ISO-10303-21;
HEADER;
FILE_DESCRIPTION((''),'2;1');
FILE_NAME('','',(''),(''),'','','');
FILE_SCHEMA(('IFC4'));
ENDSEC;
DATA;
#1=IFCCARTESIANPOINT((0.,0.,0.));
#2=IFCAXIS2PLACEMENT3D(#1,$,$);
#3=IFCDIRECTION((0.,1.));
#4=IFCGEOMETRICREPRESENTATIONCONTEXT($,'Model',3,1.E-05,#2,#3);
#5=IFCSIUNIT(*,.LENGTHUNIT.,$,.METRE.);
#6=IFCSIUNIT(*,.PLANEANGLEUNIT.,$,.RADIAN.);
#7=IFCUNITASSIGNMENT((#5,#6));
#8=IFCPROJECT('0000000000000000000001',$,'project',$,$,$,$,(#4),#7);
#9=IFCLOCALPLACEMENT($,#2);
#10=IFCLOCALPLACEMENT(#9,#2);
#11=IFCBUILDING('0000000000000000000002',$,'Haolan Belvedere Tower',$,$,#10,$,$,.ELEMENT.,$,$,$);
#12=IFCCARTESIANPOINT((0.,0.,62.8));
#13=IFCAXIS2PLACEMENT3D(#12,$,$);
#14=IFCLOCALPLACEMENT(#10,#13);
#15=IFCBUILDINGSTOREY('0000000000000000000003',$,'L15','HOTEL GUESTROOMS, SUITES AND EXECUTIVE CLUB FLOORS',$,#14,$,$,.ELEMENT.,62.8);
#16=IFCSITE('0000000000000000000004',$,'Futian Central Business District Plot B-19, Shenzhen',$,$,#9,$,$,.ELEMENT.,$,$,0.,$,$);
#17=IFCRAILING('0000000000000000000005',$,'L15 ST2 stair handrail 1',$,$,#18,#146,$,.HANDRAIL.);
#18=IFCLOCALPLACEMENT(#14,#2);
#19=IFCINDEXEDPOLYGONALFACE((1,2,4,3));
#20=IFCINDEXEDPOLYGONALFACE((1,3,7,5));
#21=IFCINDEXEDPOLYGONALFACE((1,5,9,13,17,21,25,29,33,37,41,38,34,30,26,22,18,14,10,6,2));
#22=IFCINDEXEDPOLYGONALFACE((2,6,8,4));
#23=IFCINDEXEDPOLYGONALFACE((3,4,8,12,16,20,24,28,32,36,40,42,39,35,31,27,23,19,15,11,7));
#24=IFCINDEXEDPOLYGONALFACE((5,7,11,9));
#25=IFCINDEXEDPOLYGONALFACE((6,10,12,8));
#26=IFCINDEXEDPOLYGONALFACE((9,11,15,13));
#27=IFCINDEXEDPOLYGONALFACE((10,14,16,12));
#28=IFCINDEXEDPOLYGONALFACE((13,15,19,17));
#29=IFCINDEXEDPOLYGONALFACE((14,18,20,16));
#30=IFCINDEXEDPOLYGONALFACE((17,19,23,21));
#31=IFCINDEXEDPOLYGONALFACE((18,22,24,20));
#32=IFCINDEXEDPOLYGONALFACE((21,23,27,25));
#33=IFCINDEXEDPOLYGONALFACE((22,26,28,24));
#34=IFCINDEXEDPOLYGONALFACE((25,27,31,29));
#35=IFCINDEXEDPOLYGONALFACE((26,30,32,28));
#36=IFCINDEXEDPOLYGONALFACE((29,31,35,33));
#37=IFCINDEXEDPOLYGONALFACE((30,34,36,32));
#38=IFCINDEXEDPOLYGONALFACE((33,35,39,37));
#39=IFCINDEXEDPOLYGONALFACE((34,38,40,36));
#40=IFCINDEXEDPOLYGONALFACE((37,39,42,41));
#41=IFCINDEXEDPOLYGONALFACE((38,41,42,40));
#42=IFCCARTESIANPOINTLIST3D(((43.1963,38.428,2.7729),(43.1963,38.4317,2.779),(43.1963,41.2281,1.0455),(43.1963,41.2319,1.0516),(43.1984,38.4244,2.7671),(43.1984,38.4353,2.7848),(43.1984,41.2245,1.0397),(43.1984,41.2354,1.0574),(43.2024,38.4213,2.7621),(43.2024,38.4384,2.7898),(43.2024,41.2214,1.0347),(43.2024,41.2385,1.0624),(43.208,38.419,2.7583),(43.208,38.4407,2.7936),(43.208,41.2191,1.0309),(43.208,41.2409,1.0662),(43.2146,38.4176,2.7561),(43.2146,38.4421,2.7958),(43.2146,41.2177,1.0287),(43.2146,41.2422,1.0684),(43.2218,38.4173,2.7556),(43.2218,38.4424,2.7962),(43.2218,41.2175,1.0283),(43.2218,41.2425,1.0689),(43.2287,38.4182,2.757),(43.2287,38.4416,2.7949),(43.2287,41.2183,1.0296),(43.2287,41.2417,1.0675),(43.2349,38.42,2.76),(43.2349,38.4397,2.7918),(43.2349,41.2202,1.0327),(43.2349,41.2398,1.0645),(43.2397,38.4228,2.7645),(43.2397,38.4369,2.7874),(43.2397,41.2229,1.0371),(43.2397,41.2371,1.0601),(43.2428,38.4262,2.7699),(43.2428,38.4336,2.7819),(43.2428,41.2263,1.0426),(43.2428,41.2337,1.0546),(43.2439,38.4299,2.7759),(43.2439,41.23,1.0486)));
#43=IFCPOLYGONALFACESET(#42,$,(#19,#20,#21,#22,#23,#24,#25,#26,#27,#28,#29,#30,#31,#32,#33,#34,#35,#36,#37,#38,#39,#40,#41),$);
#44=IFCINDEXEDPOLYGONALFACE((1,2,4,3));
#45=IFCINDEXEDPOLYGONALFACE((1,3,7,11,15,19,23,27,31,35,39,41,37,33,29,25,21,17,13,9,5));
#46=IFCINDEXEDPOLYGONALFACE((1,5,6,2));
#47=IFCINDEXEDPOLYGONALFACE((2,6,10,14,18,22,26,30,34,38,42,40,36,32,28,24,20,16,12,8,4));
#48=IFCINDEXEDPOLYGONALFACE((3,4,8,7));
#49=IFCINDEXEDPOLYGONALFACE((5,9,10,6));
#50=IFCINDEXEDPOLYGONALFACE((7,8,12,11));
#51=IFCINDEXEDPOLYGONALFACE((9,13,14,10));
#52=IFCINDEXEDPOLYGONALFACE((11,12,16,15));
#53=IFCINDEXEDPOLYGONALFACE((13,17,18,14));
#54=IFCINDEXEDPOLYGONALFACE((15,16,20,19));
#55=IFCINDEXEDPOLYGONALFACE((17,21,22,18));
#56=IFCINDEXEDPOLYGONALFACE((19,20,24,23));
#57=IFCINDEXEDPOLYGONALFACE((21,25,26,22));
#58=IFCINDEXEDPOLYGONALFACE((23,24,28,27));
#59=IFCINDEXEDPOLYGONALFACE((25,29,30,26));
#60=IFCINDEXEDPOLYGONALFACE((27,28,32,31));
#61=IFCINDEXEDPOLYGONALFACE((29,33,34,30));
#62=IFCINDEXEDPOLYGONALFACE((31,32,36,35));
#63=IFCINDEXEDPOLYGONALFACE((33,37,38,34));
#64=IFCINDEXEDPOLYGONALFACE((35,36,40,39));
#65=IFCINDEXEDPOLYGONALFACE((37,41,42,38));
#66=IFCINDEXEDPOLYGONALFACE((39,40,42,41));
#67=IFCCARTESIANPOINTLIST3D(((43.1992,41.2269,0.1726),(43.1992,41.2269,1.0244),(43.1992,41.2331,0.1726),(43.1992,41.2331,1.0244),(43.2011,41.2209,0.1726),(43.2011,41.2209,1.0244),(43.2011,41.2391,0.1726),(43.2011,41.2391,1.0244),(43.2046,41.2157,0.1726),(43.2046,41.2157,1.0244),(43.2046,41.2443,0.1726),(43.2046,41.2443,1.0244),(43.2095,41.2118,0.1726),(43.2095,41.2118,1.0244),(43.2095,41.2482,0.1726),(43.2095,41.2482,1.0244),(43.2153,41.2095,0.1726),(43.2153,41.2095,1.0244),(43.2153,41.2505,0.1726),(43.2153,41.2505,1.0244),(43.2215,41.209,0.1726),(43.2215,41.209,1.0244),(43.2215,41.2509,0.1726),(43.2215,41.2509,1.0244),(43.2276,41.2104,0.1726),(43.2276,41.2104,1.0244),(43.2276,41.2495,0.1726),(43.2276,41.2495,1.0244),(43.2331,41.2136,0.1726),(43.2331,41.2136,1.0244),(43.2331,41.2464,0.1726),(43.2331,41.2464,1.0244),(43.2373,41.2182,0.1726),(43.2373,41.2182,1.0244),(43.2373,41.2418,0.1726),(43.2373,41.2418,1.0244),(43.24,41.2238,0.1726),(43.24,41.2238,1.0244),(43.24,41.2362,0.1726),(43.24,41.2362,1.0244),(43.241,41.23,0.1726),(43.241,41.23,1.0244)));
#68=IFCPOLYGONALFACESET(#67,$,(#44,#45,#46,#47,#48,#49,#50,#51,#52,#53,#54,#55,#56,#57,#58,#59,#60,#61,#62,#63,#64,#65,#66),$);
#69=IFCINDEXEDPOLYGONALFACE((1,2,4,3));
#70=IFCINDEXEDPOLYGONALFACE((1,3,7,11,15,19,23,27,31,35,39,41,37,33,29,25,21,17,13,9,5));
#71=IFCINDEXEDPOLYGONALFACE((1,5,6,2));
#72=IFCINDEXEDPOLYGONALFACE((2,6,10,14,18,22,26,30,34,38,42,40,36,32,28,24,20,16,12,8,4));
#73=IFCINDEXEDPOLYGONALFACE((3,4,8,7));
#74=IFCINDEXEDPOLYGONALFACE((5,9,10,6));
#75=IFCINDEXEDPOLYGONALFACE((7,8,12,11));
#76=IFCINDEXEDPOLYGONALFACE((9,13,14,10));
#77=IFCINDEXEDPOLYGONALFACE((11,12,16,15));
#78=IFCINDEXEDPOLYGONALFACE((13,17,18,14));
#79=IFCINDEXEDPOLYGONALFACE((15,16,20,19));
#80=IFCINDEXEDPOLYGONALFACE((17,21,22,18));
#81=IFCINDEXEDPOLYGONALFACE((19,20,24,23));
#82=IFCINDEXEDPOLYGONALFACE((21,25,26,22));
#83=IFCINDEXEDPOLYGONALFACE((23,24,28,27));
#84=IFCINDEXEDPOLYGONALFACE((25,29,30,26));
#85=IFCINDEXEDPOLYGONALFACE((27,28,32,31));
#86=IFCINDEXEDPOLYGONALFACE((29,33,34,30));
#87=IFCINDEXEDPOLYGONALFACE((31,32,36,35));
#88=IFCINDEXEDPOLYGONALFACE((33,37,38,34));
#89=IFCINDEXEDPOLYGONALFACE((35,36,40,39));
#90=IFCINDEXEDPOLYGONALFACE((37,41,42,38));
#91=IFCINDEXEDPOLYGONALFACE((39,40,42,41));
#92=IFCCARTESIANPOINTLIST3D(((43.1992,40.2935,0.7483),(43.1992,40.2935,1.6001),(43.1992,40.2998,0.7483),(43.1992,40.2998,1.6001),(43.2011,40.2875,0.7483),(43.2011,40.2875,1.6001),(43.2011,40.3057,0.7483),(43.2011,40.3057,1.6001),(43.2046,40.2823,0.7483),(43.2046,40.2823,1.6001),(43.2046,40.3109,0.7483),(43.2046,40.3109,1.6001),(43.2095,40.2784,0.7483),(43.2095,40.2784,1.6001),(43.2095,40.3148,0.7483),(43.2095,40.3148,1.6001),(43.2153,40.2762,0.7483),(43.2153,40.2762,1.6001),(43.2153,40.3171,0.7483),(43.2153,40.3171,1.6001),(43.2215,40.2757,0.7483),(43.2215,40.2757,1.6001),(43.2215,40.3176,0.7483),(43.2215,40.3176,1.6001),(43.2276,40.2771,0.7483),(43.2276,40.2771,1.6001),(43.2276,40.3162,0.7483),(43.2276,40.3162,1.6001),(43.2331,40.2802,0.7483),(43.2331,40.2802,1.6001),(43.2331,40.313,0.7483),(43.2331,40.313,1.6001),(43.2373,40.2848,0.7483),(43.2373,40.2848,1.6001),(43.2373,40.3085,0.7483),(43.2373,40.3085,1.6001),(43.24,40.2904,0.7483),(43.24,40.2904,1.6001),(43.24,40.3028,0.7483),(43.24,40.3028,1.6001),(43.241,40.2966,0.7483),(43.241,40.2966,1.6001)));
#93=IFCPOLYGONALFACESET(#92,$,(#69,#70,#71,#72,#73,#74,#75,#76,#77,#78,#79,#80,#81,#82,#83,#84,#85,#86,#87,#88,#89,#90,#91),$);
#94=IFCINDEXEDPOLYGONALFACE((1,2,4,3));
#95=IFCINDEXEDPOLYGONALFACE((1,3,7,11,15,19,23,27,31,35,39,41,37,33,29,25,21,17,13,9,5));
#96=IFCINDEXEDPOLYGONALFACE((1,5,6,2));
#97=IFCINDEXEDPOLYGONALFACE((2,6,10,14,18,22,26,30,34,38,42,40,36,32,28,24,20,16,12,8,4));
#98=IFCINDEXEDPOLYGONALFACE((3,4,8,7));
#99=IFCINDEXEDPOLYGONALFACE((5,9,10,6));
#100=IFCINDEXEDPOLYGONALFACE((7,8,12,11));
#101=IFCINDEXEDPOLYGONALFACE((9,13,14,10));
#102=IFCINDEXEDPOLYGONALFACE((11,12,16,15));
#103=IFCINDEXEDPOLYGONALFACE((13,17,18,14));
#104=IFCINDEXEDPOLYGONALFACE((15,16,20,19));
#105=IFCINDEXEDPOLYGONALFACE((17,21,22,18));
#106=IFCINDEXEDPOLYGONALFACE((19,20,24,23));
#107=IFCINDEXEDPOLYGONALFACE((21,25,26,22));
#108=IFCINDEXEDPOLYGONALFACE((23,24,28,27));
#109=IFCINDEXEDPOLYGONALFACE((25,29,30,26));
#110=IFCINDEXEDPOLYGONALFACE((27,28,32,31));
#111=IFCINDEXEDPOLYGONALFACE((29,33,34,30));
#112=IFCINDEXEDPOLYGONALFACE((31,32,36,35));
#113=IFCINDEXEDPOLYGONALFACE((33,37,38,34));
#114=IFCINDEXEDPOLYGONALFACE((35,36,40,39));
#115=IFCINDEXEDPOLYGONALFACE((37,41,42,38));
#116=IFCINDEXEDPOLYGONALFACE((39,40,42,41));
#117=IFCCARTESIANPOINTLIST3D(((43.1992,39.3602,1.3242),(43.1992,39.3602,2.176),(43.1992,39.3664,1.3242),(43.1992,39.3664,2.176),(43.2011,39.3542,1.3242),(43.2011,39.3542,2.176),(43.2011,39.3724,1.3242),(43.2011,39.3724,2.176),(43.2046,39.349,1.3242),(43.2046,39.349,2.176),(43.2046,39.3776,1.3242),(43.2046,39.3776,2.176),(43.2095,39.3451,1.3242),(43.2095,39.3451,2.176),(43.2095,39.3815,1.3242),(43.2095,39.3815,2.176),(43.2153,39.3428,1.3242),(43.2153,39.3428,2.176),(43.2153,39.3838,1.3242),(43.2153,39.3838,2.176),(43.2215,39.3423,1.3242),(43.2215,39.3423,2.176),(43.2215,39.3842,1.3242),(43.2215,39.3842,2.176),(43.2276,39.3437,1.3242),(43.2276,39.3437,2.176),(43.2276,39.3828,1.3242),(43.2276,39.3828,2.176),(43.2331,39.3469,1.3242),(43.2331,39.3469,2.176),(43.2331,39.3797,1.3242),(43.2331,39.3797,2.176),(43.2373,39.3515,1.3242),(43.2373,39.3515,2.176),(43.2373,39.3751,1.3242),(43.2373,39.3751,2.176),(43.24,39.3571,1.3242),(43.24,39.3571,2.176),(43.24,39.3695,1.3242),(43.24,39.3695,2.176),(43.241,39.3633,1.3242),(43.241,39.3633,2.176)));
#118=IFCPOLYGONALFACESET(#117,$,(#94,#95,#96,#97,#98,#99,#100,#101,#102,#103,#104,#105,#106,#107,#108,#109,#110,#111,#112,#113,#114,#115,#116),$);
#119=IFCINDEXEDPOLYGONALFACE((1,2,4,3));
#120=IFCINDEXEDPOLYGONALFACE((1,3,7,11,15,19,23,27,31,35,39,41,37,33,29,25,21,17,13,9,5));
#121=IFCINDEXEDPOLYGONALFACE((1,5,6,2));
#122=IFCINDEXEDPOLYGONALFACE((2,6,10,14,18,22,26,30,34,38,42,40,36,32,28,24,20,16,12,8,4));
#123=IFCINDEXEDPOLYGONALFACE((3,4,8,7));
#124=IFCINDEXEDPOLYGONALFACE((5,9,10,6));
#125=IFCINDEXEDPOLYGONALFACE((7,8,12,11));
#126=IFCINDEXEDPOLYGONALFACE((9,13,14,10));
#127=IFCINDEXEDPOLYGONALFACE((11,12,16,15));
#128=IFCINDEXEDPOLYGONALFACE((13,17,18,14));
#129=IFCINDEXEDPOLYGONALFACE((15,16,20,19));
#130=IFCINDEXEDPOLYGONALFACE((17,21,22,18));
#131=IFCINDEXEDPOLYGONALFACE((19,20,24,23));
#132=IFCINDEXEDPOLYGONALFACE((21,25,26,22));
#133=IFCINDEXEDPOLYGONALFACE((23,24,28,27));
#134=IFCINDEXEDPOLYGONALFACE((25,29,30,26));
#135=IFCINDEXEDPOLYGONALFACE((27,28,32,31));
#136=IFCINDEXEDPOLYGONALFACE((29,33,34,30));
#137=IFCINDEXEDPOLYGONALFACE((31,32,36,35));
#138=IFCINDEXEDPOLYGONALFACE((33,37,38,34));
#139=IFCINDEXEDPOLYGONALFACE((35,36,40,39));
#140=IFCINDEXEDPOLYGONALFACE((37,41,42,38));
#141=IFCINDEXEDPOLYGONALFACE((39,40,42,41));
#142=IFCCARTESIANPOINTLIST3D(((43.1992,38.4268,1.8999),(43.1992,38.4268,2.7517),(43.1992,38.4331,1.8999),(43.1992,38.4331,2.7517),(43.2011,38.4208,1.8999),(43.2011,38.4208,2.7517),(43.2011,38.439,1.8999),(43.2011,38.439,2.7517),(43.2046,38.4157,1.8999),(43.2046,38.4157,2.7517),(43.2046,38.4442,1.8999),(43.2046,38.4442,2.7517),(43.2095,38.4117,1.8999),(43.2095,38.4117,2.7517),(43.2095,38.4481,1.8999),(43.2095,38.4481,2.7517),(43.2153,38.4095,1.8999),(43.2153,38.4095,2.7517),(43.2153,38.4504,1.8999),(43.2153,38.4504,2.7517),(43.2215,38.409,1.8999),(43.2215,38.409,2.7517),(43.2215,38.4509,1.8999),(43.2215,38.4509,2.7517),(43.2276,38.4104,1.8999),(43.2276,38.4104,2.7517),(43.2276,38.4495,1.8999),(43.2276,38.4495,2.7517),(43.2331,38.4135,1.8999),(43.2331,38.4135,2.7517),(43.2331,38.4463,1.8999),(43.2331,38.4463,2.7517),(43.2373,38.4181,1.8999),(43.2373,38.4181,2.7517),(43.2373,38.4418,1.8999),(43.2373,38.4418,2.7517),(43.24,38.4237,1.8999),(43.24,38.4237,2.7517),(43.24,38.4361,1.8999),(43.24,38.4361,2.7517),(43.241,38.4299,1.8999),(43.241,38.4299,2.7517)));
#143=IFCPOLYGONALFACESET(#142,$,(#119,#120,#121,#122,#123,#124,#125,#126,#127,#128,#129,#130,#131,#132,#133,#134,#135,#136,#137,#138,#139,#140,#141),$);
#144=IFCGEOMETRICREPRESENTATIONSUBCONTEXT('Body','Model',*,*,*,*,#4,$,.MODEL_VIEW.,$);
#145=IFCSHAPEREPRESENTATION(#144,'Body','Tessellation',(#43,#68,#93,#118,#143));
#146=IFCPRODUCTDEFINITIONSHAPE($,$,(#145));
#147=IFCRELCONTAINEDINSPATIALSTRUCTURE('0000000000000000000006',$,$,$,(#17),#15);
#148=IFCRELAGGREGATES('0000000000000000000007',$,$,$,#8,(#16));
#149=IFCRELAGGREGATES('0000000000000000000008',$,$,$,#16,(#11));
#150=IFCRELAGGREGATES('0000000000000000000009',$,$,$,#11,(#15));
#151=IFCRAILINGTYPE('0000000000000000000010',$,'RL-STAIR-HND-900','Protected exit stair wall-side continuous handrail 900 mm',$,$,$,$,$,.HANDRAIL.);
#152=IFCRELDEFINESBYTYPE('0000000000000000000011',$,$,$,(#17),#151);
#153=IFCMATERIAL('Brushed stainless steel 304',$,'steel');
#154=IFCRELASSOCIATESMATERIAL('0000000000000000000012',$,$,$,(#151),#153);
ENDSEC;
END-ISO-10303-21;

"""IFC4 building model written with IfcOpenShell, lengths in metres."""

from ifc_helpers import new_model, si_unit, direction, frame, origin, origin_2d, place, context, subcontext, project, spatial, circle, extrude, material, type_object, element, save


model = new_model("IFC4")

# Units and contexts
model_context = context("Model", 3, precision=1e-05, world=origin(), true_north=direction((0.0, 1.0)))
body_context = subcontext(model_context, "Body", "Model", "MODEL_VIEW")
ifc_project = project(units=[si_unit("LENGTHUNIT", "METRE"), si_unit("PLANEANGLEUNIT", "RADIAN")], contexts=[model_context])

# Site, building, storey
site_placement = place(None, origin())
site = spatial("IfcSite", under=ifc_project, at=site_placement, Name="Futian Central Business District Plot B-19, Shenzhen", CompositionType="ELEMENT", RefElevation=0.0)
building_placement = place(site_placement, origin())
building = spatial("IfcBuilding", under=site, at=building_placement, Name="Haolan Belvedere Tower", CompositionType="ELEMENT")
storey_placement = place(building_placement, frame((0.0, 0.0, 62.8)))
storey = spatial("IfcBuildingStorey", under=building, at=storey_placement, Name="L15", Description="HOTEL GUESTROOMS, SUITES AND EXECUTIVE CLUB FLOORS", CompositionType="ELEMENT", Elevation=62.8)

# Railing
ifc_material_1 = material(Name="Brushed stainless steel 304", Category="steel")
railing_type_1 = type_object("IfcRailingType", Name="RL-STAIR-HND-900", Description="Protected exit stair wall-side continuous handrail 900 mm", PredefinedType="HANDRAIL", material=ifc_material_1)
railing_1_placement = place(storey_placement, frame((43.22, 41.23, 0.1726)))
element("IfcRailing", 1, at=railing_1_placement, inside=storey, type_object=railing_type_1, Name="L15 ST2 stair handrail 1", PredefinedType="HANDRAIL", context=body_context, shape_type="SweptSolid", body=[
    extrude(circle(Radius=0.0239, at=origin_2d()), frame((0.0, 0.0, 0.876), z_axis=(0.0, -0.85109, 0.52502), x_axis=(1.0, 0.0, 0.0)), (0.0, 0.0, 1.0), 3.29),
    extrude(circle(Radius=0.021, at=origin_2d()), origin(), (0.0, 0.0, 1.0), 0.8518),
    extrude(circle(Radius=0.021, at=origin_2d()), frame((0.0, -0.9333, 0.5757)), (0.0, 0.0, 1.0), 0.8518),
    extrude(circle(Radius=0.021, at=origin_2d()), frame((0.0, -1.8667, 1.1516)), (0.0, 0.0, 1.0), 0.8518),
    extrude(circle(Radius=0.021, at=origin_2d()), frame((0.0, -2.8, 1.7273)), (0.0, 0.0, 1.0), 0.8518),
])

save(model, "model.ifc")
